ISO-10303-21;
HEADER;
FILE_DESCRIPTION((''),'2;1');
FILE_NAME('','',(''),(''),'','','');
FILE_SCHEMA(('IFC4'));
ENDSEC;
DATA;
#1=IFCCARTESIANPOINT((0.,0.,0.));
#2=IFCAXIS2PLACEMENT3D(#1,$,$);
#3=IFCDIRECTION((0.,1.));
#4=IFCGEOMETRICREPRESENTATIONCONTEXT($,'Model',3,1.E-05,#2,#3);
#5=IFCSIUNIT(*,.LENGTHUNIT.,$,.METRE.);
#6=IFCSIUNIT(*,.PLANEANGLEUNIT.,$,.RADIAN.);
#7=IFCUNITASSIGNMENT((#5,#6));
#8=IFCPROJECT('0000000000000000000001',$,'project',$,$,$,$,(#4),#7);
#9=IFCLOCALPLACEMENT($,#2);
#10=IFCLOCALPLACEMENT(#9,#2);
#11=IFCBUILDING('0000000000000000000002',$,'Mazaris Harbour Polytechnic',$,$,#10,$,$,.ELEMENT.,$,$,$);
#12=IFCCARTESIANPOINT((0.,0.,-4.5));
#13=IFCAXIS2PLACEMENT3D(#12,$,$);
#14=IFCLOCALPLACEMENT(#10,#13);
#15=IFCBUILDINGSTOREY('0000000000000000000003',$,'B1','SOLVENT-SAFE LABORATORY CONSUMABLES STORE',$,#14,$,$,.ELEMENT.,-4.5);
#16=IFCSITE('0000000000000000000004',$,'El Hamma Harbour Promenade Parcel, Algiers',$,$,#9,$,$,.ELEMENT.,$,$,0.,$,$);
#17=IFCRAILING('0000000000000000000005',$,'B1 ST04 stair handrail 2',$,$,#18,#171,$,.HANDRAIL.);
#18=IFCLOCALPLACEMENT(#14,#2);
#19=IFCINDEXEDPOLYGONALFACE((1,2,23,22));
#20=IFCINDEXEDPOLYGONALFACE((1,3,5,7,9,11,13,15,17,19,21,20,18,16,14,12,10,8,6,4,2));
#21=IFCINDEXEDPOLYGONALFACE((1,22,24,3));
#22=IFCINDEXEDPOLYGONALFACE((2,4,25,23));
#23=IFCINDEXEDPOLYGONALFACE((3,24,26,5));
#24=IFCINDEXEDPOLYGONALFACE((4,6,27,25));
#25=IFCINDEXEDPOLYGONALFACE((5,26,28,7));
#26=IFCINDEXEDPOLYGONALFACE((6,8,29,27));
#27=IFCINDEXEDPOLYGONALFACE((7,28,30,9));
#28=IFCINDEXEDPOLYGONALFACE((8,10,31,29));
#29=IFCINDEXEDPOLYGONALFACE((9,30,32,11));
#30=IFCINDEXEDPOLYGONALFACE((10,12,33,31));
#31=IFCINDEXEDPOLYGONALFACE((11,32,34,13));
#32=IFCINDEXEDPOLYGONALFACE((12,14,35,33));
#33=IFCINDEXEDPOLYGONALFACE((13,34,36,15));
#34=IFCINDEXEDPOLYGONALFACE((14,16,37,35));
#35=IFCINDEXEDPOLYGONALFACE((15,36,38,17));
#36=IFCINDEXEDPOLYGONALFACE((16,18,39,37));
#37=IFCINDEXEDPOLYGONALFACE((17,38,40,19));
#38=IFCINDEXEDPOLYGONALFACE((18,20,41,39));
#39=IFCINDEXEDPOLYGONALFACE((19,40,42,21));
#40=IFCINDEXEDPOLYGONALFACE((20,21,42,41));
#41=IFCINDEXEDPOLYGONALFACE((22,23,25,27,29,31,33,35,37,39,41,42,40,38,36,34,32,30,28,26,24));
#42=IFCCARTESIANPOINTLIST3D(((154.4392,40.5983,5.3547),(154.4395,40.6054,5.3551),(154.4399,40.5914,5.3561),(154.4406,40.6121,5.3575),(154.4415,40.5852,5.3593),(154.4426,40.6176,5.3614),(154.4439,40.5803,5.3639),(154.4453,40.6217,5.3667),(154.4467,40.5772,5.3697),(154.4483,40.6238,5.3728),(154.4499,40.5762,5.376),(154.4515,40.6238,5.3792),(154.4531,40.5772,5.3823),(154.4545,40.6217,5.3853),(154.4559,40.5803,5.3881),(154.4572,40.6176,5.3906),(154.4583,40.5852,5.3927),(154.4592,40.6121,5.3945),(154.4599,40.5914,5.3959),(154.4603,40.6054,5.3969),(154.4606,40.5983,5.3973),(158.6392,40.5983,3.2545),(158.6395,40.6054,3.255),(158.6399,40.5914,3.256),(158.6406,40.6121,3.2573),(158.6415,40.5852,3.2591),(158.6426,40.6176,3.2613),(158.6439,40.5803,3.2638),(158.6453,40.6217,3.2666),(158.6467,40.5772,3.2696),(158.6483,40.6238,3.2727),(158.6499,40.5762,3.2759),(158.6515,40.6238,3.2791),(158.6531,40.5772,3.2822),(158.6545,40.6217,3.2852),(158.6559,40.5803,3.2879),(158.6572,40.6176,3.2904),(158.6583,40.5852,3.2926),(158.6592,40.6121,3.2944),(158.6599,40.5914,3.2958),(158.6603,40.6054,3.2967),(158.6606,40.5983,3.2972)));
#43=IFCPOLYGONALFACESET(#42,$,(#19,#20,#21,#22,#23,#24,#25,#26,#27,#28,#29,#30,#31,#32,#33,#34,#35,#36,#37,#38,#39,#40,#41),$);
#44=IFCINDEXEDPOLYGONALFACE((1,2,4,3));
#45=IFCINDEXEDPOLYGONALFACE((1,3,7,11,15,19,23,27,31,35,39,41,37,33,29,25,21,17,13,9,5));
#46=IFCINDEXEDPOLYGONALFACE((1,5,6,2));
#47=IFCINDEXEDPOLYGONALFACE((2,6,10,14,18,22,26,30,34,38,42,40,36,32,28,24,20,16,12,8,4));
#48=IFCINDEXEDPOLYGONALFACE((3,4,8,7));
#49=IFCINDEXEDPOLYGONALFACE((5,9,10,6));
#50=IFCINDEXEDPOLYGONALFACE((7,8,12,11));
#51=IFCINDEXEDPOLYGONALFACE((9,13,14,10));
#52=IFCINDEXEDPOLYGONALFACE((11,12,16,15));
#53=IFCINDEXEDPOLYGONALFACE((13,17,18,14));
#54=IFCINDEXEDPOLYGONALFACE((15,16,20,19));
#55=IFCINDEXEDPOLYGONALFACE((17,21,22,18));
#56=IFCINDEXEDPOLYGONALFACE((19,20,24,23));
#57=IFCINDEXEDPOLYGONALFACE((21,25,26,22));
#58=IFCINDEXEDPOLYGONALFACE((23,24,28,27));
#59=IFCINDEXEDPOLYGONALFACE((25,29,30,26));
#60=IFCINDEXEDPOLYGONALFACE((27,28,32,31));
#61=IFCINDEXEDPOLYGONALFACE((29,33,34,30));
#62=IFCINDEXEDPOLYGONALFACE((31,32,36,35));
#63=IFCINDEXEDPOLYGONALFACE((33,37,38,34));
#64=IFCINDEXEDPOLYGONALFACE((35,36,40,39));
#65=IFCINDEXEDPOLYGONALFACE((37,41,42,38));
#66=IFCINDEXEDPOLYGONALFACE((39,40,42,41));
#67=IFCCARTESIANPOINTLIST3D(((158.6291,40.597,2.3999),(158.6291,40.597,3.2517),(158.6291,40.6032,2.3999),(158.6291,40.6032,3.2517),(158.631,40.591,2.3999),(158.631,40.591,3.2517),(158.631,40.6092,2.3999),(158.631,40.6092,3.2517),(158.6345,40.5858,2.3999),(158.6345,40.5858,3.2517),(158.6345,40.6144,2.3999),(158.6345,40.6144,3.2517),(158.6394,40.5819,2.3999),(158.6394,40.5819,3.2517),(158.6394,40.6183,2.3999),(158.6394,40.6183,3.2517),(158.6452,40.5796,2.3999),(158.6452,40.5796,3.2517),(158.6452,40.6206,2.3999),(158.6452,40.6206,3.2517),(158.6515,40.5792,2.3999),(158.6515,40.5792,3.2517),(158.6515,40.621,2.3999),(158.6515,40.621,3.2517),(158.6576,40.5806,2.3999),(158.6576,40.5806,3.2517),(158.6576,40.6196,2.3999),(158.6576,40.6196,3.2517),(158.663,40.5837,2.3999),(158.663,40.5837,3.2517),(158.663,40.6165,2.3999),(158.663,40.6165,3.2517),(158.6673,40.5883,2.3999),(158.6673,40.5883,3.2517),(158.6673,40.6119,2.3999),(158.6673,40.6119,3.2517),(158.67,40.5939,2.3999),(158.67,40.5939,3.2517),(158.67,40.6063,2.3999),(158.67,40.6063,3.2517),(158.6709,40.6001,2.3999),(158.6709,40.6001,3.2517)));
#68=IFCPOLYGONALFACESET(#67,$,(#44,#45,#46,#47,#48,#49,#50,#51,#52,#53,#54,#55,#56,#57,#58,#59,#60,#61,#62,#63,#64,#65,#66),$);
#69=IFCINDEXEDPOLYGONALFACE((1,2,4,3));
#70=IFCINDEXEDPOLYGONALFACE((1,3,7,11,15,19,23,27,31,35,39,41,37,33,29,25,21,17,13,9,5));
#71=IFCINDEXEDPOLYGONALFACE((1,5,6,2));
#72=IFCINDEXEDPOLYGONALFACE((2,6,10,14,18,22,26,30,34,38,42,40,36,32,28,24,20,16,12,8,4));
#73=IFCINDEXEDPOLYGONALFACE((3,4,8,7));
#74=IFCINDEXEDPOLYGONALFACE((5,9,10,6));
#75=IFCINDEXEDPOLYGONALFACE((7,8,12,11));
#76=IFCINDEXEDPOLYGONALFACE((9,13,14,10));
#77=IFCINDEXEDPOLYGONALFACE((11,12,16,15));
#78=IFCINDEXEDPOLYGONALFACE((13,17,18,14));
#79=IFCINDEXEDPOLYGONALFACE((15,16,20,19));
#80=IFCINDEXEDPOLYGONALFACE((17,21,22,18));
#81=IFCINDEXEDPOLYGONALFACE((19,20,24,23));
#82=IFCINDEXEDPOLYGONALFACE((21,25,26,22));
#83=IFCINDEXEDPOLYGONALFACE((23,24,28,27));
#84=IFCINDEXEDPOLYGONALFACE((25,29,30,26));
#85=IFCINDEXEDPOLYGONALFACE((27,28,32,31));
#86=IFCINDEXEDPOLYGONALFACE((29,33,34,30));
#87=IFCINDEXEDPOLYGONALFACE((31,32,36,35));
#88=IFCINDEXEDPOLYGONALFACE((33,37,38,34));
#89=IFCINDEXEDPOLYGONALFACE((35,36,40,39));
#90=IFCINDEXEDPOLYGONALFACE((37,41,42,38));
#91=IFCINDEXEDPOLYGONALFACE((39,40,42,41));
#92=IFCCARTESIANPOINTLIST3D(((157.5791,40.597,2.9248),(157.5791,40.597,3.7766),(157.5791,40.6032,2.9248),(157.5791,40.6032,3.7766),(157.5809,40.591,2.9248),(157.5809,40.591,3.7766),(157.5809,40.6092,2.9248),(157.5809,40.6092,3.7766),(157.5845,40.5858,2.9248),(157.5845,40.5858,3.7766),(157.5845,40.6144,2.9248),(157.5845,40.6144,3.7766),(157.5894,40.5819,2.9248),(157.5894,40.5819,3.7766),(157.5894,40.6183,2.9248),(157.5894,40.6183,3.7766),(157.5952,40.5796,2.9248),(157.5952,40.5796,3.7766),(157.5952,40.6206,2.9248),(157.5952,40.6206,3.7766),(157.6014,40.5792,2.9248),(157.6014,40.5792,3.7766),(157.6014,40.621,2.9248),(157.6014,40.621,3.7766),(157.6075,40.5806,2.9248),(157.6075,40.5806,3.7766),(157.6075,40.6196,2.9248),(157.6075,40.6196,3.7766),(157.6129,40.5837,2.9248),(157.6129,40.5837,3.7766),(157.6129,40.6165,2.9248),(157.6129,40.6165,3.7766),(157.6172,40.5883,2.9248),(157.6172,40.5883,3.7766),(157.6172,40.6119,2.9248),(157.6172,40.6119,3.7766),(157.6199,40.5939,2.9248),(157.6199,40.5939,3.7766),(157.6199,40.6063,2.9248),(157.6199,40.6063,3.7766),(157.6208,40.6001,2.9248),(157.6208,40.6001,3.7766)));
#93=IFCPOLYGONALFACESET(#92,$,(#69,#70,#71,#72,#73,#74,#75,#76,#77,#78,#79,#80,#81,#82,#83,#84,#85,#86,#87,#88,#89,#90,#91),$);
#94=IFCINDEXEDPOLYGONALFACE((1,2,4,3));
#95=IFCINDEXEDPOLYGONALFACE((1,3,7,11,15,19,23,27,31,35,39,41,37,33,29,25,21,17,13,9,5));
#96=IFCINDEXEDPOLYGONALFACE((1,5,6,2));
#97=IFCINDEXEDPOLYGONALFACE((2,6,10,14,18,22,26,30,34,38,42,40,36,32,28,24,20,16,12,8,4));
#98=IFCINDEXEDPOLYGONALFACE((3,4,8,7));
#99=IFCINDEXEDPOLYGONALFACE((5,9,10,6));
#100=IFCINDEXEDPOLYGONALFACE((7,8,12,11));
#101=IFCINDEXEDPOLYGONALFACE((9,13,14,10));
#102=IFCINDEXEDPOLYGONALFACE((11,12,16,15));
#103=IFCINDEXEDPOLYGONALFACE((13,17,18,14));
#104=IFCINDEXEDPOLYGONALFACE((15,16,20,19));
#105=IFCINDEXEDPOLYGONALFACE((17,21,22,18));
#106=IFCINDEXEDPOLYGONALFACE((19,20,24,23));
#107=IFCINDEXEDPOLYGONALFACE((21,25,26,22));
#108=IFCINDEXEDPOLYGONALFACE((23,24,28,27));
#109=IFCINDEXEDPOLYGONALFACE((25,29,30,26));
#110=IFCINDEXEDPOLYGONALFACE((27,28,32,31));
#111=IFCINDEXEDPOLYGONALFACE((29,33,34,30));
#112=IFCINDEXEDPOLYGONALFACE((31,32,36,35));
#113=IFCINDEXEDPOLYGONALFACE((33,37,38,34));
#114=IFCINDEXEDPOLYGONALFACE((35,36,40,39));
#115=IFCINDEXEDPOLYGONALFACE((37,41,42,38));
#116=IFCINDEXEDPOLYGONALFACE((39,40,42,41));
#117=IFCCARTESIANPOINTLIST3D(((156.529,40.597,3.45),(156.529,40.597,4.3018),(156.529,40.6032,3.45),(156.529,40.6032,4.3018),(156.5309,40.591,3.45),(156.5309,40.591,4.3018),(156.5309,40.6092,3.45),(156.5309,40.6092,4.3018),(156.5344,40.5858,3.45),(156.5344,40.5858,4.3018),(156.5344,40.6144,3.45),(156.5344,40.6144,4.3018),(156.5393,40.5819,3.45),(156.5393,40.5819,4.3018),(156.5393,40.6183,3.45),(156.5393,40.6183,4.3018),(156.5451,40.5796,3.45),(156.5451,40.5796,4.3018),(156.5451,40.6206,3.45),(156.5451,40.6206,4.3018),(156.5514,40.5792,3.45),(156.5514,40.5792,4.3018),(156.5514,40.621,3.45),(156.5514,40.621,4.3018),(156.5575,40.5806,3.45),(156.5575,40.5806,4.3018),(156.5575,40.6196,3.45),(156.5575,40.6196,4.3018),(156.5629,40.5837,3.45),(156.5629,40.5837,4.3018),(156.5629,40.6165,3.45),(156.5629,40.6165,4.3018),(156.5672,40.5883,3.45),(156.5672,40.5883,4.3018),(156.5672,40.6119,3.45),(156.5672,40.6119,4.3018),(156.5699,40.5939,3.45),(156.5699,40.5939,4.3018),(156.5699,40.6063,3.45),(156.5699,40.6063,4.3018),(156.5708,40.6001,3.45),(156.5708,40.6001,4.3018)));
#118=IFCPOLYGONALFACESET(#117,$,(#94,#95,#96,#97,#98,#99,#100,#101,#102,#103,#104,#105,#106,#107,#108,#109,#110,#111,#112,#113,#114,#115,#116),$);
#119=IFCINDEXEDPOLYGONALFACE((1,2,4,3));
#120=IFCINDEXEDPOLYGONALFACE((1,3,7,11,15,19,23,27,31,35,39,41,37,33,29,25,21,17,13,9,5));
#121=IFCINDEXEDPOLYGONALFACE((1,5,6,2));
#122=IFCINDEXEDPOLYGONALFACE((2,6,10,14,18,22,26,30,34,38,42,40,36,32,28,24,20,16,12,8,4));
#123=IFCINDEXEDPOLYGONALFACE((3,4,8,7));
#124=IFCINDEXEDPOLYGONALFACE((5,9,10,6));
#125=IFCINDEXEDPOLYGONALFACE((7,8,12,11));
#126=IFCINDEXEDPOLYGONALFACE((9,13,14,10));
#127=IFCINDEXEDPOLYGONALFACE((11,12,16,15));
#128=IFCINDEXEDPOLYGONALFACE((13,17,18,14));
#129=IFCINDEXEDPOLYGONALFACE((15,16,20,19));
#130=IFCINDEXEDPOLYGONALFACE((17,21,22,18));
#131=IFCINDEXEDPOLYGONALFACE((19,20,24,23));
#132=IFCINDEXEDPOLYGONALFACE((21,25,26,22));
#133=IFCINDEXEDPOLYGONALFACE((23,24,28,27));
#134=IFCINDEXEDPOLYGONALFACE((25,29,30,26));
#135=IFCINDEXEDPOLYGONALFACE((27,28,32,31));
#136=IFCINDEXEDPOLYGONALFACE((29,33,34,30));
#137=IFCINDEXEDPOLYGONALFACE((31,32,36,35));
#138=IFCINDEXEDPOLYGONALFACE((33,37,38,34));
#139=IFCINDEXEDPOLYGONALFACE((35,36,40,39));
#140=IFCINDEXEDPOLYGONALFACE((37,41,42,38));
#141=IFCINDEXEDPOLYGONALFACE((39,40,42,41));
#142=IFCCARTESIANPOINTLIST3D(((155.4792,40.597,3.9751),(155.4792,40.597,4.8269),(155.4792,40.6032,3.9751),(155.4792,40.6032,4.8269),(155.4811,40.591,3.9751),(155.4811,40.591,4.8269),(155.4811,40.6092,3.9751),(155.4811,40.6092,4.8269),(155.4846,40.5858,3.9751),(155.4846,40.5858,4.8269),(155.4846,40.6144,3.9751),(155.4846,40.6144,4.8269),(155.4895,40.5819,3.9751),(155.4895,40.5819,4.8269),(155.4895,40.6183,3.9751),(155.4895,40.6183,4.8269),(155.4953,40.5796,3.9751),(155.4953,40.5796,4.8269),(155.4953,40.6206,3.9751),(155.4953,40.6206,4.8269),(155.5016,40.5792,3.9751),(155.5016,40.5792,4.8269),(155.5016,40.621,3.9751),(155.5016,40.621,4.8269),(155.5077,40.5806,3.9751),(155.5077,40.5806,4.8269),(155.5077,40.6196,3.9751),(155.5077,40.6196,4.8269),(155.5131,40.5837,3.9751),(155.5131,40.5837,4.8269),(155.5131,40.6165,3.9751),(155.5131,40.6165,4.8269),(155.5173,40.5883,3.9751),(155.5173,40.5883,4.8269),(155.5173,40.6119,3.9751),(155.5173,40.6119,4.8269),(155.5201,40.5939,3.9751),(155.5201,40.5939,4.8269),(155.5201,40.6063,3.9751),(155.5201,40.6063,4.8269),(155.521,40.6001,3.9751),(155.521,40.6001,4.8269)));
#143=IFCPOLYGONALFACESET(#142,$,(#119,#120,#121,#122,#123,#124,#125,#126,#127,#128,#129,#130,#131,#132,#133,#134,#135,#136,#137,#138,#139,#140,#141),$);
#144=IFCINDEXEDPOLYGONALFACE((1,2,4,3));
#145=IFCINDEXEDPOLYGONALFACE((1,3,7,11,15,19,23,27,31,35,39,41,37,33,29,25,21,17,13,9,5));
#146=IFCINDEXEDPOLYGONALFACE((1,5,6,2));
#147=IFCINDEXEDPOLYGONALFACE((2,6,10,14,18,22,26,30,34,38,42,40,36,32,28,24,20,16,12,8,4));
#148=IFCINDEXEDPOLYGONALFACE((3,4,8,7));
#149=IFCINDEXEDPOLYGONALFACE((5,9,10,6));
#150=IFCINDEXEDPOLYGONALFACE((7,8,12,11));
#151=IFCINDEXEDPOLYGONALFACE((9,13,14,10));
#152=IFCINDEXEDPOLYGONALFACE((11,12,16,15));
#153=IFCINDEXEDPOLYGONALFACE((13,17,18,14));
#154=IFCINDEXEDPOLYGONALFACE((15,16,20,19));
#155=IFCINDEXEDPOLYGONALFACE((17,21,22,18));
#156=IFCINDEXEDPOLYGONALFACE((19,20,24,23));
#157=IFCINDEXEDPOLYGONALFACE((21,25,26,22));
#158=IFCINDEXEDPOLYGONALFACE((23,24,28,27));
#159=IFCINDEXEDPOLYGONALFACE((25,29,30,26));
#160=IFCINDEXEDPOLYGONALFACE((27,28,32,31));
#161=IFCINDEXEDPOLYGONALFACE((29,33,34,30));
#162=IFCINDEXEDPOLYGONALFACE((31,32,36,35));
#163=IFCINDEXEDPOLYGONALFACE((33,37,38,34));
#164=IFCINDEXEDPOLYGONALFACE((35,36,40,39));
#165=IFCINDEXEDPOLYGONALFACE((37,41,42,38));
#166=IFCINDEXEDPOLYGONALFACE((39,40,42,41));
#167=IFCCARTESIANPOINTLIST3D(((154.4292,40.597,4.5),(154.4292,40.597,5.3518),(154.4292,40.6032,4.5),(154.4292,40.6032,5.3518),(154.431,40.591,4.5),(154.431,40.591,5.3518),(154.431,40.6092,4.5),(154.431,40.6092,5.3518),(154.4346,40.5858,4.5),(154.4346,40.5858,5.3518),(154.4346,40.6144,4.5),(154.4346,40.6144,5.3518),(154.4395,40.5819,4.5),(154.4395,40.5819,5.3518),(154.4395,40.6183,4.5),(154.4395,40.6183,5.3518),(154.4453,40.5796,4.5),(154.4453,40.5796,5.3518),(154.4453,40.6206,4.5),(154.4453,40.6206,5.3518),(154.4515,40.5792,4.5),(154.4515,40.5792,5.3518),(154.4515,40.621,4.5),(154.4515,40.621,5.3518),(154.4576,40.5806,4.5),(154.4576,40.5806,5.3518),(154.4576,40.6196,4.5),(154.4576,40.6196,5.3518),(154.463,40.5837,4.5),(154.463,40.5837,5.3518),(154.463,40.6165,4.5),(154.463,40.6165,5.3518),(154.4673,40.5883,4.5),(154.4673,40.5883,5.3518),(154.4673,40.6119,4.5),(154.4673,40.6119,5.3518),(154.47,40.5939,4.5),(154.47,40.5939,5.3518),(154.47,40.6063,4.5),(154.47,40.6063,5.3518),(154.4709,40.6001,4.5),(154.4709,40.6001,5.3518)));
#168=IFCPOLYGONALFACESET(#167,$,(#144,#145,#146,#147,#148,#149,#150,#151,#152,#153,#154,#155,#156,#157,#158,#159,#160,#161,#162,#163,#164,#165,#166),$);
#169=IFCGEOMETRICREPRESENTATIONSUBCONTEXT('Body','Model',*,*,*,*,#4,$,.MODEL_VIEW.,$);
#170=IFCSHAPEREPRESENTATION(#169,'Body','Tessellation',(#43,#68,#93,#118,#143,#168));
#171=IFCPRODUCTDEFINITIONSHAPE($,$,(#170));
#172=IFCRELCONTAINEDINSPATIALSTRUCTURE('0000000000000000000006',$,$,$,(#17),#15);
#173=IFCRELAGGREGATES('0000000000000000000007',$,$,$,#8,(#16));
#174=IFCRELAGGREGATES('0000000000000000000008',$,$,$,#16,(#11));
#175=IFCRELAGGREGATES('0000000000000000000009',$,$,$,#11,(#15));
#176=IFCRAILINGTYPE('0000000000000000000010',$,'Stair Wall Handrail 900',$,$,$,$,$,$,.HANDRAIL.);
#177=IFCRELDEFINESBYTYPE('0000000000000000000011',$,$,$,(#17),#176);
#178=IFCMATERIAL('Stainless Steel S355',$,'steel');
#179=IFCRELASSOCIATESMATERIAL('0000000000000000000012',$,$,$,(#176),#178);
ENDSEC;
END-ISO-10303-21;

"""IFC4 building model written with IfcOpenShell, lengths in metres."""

from ifc_helpers import new_model, si_unit, direction, frame, origin, origin_2d, place, context, subcontext, project, spatial, circle, extrude, material, type_object, element, save


model = new_model("IFC4")

# Units and contexts
model_context = context("Model", 3, precision=1e-05, world=origin(), true_north=direction((0.0, 1.0)))
body_context = subcontext(model_context, "Body", "Model", "MODEL_VIEW")
ifc_project = project(units=[si_unit("LENGTHUNIT", "METRE"), si_unit("PLANEANGLEUNIT", "RADIAN")], contexts=[model_context])

# Site, building, storey
site_placement = place(None, origin())
site = spatial("IfcSite", under=ifc_project, at=site_placement, Name="El Hamma Harbour Promenade Parcel, Algiers", CompositionType="ELEMENT", RefElevation=0.0)
building_placement = place(site_placement, origin())
building = spatial("IfcBuilding", under=site, at=building_placement, Name="Mazaris Harbour Polytechnic", CompositionType="ELEMENT")
storey_placement = place(building_placement, frame((0.0, 0.0, -4.5)))
storey = spatial("IfcBuildingStorey", under=building, at=storey_placement, Name="B1", Description="SOLVENT-SAFE LABORATORY CONSUMABLES STORE", CompositionType="ELEMENT", Elevation=-4.5)

# Railing
ifc_material_1 = material(Name="Stainless Steel S355", Category="steel")
railing_type_1 = type_object("IfcRailingType", Name="Stair Wall Handrail 900", PredefinedType="HANDRAIL", material=ifc_material_1)
railing_1_placement = place(storey_placement, frame((158.6499, 40.6001, 2.3999)))
element("IfcRailing", 1, at=railing_1_placement, inside=storey, type_object=railing_type_1, Name="B1 ST04 stair handrail 2", PredefinedType="HANDRAIL", context=body_context, shape_type="SweptSolid", body=[
    extrude(circle(Radius=0.0239, at=origin_2d()), frame((0.0, 0.0, 0.876), z_axis=(-0.894417, 0.0, 0.447234), x_axis=(0.0, -1.0, 0.0)), (0.0, 0.0, 1.0), 4.6958),
    extrude(circle(Radius=0.021, at=origin_2d()), origin(), (0.0, 0.0, 1.0), 0.8518),
    extrude(circle(Radius=0.021, at=origin_2d()), frame((-1.05, 0.0, 0.5249)), (0.0, 0.0, 1.0), 0.8518),
    extrude(circle(Radius=0.021, at=origin_2d()), frame((-2.1001, 0.0, 1.05)), (0.0, 0.0, 1.0), 0.8518),
    extrude(circle(Radius=0.021, at=origin_2d()), frame((-3.1499, 0.0, 1.5752)), (0.0, 0.0, 1.0), 0.8518),
    extrude(circle(Radius=0.021, at=origin_2d()), frame((-4.2, 0.0, 2.1001)), (0.0, 0.0, 1.0), 0.8518),
])

save(model, "model.ifc")
